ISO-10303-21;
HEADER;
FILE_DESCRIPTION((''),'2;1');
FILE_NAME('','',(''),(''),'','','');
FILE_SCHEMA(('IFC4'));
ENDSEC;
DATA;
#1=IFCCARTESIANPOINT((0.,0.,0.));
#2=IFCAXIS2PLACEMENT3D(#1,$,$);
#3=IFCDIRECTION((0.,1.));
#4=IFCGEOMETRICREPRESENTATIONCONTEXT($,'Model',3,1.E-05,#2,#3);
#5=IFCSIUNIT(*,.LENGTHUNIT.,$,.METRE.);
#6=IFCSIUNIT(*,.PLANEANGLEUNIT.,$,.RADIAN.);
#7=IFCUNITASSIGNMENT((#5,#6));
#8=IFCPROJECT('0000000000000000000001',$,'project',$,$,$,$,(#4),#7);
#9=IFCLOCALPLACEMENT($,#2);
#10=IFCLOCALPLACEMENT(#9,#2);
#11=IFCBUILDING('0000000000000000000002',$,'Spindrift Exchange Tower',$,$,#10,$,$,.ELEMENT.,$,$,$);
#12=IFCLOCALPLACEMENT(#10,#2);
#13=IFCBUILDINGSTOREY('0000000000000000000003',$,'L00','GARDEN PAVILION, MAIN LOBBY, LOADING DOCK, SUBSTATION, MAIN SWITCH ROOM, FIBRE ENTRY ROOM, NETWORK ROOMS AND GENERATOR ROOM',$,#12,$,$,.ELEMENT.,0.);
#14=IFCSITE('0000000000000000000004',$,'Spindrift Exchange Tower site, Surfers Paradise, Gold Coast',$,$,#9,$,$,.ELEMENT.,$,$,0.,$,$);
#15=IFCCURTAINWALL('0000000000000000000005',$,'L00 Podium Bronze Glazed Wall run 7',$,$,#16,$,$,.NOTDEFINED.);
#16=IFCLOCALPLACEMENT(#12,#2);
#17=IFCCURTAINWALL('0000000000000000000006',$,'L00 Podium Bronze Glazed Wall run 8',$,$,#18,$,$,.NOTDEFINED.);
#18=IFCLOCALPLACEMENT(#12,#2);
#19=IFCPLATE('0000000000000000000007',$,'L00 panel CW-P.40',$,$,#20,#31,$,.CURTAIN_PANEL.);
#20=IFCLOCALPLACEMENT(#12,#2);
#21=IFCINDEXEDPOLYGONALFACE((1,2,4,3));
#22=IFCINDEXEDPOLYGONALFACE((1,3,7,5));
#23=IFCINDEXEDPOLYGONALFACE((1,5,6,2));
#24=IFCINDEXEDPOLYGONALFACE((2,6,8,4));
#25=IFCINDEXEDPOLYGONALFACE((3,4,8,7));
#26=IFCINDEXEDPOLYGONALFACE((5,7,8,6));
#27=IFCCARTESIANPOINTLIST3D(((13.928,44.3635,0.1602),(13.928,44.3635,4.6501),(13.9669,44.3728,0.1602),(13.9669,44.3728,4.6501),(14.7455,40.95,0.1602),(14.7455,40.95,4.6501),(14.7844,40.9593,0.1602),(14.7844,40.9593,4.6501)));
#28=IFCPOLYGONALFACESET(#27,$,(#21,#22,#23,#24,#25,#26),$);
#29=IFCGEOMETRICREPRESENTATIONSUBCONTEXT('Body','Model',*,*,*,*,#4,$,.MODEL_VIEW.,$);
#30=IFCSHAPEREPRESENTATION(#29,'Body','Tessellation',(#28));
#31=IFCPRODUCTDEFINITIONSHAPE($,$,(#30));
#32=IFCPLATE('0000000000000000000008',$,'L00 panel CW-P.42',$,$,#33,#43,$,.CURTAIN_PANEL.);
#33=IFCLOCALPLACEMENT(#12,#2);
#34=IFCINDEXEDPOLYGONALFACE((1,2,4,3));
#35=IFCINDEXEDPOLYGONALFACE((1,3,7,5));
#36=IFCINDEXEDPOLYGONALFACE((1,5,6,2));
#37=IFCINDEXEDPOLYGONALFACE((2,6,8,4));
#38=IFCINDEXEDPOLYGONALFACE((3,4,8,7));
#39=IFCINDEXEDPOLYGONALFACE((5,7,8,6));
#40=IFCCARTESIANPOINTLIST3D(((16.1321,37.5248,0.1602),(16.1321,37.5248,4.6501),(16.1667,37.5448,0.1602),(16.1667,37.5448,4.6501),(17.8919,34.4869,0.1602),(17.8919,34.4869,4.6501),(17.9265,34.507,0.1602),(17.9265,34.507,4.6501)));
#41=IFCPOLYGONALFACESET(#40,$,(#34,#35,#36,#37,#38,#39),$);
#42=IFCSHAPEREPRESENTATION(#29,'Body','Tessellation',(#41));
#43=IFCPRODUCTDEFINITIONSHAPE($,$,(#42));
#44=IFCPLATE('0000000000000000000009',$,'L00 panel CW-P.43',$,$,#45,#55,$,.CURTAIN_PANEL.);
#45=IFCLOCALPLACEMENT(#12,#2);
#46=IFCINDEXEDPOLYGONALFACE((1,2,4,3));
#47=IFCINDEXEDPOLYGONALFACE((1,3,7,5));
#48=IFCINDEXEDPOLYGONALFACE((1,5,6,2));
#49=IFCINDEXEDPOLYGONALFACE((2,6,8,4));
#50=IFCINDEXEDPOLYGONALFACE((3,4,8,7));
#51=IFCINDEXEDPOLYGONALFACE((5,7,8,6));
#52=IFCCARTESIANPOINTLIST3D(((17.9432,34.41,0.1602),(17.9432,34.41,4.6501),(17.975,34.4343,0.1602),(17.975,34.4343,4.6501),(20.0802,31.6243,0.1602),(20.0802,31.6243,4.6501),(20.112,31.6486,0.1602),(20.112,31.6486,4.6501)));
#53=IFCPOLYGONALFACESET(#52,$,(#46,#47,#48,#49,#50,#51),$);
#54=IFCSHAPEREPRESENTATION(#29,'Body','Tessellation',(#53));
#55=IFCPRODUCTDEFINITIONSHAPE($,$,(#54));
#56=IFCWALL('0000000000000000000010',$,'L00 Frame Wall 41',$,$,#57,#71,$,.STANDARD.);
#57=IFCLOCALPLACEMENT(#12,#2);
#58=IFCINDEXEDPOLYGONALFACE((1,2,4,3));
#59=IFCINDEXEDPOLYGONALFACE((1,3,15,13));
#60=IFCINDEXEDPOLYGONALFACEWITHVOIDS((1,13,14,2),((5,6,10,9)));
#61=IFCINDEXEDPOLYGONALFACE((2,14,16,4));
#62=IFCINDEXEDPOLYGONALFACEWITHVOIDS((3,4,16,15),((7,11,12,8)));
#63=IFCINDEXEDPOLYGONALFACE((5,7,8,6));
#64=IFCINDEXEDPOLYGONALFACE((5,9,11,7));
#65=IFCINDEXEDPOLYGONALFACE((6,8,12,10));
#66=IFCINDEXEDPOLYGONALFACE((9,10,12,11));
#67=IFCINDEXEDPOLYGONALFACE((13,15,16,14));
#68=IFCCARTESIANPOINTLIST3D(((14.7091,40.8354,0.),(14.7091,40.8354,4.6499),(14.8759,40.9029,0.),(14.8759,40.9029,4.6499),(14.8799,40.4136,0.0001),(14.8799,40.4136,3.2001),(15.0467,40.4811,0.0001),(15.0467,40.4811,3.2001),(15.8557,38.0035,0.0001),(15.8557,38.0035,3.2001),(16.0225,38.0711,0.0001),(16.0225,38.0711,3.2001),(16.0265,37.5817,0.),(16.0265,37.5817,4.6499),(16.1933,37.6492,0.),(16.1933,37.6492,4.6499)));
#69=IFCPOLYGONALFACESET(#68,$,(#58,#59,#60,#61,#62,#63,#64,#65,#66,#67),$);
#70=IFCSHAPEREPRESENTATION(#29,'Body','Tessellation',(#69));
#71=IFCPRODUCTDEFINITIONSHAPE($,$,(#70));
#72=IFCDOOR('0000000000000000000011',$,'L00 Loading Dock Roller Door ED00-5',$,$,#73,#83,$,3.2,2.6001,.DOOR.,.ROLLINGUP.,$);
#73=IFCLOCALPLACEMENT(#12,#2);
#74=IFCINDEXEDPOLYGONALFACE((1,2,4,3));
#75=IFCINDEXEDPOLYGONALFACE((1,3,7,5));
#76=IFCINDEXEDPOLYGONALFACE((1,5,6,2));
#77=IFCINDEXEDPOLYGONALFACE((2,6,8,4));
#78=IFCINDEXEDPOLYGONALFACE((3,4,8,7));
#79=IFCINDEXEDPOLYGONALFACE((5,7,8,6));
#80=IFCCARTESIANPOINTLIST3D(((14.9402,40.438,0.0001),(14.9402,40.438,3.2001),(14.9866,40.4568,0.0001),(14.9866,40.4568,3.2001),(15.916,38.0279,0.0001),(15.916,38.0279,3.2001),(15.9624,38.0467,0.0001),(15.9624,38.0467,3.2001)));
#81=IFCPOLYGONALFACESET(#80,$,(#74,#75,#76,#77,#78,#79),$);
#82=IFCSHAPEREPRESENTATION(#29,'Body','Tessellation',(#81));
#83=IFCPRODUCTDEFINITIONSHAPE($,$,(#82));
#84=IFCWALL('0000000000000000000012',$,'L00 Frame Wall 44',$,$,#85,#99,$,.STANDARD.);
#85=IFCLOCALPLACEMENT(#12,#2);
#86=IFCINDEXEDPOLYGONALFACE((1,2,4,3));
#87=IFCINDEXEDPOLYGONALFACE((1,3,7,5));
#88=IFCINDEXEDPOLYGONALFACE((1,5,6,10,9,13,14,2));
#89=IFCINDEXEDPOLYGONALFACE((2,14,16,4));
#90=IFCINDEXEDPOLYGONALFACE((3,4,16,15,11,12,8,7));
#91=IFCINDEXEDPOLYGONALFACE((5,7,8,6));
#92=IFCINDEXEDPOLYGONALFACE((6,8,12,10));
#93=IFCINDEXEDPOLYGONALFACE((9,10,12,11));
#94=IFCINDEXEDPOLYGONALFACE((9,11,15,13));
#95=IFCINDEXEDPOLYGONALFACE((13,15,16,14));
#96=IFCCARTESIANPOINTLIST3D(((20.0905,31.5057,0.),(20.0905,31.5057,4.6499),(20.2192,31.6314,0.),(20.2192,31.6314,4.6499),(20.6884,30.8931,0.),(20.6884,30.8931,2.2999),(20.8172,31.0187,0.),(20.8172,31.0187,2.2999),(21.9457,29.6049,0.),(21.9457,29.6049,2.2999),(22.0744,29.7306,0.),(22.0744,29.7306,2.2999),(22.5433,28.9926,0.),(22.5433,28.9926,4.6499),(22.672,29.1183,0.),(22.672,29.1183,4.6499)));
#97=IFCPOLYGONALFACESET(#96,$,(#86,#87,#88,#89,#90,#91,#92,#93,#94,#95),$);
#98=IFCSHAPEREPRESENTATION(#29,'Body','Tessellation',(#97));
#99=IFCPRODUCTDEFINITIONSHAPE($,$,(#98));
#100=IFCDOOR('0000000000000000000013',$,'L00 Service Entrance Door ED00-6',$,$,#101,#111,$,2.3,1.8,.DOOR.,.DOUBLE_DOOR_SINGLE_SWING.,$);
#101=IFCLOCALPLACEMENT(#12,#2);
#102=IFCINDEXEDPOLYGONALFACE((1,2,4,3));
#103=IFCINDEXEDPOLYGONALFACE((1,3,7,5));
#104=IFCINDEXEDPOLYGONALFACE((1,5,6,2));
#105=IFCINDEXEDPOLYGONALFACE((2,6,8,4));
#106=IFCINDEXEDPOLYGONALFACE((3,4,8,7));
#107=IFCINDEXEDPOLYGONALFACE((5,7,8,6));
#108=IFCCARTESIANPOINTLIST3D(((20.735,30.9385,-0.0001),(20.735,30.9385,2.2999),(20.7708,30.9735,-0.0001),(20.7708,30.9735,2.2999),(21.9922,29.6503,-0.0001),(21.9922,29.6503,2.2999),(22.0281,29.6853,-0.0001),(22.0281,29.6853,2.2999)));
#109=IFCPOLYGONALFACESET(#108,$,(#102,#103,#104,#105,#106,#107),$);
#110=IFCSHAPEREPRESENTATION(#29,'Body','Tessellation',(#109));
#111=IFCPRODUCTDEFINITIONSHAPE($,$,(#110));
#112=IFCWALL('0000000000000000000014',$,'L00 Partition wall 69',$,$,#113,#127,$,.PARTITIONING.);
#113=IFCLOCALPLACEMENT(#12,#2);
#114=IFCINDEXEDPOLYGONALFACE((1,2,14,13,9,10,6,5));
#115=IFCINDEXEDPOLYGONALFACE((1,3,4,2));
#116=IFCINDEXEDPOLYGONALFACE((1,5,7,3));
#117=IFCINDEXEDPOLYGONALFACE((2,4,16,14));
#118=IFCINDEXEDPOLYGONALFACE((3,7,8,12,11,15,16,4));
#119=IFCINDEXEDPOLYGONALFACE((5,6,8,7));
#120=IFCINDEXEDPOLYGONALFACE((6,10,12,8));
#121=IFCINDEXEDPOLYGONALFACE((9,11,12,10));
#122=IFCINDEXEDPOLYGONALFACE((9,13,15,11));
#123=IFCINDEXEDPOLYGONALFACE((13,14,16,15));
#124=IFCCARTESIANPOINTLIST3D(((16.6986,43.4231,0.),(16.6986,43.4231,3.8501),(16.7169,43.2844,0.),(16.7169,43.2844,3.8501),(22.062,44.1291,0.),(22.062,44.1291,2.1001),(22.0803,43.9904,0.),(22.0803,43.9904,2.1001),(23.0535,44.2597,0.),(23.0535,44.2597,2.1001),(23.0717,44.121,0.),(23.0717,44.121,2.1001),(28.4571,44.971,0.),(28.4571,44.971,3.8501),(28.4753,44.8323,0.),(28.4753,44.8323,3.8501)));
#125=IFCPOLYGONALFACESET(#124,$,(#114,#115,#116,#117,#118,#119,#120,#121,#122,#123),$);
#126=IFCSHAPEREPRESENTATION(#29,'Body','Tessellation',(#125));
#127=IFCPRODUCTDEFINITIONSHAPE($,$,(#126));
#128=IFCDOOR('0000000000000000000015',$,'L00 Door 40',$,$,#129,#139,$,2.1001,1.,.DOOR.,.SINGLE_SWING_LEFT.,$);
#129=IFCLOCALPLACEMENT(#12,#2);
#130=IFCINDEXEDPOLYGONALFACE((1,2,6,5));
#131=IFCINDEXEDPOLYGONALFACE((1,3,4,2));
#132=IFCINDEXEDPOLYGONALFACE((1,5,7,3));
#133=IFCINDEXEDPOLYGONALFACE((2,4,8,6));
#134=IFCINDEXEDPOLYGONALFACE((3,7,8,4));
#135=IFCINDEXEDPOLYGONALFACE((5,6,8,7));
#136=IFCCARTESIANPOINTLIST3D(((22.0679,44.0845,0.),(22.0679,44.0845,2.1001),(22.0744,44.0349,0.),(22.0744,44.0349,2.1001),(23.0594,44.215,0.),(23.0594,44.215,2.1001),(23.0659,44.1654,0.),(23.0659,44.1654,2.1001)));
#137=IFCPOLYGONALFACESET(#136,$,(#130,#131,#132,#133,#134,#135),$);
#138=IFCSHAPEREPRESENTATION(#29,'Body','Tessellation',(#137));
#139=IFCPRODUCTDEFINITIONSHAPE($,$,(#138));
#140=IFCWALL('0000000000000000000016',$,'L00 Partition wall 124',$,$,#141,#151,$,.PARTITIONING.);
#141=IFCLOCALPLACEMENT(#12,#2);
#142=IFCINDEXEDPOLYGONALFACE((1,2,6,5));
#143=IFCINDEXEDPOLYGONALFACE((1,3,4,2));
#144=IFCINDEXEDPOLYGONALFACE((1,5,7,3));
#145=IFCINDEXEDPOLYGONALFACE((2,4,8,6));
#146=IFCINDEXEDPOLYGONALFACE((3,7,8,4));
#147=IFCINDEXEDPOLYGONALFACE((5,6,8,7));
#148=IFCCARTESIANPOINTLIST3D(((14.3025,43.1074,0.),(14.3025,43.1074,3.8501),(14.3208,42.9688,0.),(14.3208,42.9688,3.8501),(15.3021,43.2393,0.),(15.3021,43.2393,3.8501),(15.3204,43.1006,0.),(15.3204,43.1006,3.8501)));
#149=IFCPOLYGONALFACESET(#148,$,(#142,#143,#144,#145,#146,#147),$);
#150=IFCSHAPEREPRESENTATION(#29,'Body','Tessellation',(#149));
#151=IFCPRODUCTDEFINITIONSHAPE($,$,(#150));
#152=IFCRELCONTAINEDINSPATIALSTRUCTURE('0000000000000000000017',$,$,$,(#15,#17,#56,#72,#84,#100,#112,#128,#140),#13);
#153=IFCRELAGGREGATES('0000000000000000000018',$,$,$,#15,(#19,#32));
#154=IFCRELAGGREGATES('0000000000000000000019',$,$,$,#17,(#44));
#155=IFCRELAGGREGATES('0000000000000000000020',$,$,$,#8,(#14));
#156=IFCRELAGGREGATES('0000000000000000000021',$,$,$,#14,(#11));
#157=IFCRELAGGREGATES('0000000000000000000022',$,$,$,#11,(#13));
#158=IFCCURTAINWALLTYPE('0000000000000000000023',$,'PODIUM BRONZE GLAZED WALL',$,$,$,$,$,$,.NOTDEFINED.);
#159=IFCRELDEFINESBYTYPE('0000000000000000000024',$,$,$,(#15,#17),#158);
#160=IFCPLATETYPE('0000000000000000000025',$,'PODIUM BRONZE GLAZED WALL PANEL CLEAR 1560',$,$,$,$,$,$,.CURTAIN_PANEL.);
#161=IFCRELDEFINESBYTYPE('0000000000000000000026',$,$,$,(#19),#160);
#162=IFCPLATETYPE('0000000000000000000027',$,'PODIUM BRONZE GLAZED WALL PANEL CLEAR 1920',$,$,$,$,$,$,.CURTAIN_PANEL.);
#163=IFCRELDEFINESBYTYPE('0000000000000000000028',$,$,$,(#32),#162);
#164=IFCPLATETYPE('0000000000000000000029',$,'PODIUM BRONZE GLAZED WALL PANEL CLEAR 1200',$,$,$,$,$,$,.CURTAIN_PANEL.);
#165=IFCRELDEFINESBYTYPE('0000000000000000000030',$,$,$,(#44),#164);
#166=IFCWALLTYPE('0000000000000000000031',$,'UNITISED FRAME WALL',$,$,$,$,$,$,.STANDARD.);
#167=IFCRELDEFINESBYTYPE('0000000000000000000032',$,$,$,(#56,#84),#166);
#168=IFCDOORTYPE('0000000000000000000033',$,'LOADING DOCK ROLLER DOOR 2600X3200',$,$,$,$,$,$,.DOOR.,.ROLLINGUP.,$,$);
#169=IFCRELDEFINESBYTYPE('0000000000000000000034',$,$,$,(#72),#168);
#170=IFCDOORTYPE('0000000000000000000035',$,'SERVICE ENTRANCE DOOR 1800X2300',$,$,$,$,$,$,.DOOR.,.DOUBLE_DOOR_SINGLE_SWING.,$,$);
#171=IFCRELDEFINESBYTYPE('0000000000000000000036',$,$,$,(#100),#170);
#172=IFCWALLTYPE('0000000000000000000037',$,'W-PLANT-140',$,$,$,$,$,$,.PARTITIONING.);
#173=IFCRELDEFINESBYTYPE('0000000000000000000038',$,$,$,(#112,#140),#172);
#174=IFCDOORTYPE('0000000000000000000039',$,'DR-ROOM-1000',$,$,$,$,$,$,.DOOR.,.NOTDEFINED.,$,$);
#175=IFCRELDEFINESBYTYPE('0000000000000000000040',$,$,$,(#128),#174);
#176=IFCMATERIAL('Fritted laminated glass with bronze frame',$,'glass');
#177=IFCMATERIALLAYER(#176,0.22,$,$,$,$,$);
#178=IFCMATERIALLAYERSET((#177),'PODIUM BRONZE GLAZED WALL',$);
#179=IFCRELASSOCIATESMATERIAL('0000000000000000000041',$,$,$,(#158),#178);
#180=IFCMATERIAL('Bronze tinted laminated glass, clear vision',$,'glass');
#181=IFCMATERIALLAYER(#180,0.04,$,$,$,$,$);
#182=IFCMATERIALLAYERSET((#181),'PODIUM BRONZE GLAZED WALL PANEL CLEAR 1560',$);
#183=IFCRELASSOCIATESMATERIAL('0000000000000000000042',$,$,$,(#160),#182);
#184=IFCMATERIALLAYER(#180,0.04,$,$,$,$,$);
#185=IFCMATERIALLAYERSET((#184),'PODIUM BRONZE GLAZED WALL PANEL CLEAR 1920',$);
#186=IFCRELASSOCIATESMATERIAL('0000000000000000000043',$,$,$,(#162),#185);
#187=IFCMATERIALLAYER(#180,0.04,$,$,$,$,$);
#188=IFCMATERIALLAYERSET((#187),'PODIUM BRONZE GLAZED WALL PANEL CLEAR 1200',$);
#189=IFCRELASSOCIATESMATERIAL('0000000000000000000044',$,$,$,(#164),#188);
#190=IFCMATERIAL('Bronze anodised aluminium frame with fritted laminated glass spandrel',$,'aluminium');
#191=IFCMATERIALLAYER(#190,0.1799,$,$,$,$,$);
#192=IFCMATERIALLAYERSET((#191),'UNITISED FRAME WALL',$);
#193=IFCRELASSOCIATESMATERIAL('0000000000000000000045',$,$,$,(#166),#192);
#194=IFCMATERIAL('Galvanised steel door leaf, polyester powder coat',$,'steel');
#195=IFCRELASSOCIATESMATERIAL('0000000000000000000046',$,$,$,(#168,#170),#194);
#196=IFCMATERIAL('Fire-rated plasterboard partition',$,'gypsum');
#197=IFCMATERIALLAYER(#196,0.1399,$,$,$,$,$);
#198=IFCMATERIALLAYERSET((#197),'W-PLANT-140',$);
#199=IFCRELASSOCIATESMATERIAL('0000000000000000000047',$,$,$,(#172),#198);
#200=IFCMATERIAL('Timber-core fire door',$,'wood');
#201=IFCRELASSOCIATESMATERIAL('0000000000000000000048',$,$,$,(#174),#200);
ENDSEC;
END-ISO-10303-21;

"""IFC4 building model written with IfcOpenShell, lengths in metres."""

from ifc_helpers import new_model, si_unit, direction, frame, frame_2d, origin, origin_2d, place, context, subcontext, project, spatial, rectangle, extrude, source, transform, mapped, material, layer, layer_set, type_object, element, fill, aggregate, save


model = new_model("IFC4")

# Units and contexts
model_context = context("Model", 3, precision=1e-05, world=origin(), true_north=direction((0.0, 1.0)))
body_context = subcontext(model_context, "Body", "Model", "MODEL_VIEW")
ifc_project = project(units=[si_unit("LENGTHUNIT", "METRE"), si_unit("PLANEANGLEUNIT", "RADIAN")], contexts=[model_context])

# Site, building, storey
site_placement = place(None, origin())
site = spatial("IfcSite", under=ifc_project, at=site_placement, Name="Spindrift Exchange Tower site, Surfers Paradise, Gold Coast", CompositionType="ELEMENT", RefElevation=0.0)
building_placement = place(site_placement, origin())
building = spatial("IfcBuilding", under=site, at=building_placement, Name="Spindrift Exchange Tower", CompositionType="ELEMENT")
storey_placement = place(building_placement, origin())
storey = spatial("IfcBuildingStorey", under=building, at=storey_placement, Name="L00", Description="GARDEN PAVILION, MAIN LOBBY, LOADING DOCK, SUBSTATION, MAIN SWITCH ROOM, FIBRE ENTRY ROOM, NETWORK ROOMS AND GENERATOR ROOM", CompositionType="ELEMENT", Elevation=0.0)

# Curtain walls
ifc_material_1 = material(Name="Fritted laminated glass with bronze frame", Category="glass")
ifc_layer_1 = layer(ifc_material_1, 0.22)
ifc_layer_set_1 = layer_set([ifc_layer_1], Name="PODIUM BRONZE GLAZED WALL")
curtain_wall_type = type_object("IfcCurtainWallType", Name="PODIUM BRONZE GLAZED WALL", PredefinedType="NOTDEFINED", material=ifc_layer_set_1)
curtain_wall_1_placement = place(storey_placement, origin())
curtain_wall_1 = element("IfcCurtainWall", 1, at=curtain_wall_1_placement, inside=storey, type_object=curtain_wall_type, Name="L00 Podium Bronze Glazed Wall run 7", PredefinedType="NOTDEFINED")
curtain_wall_2_placement = place(storey_placement, origin())
curtain_wall_2 = element("IfcCurtainWall", 2, at=curtain_wall_2_placement, inside=storey, type_object=curtain_wall_type, Name="L00 Podium Bronze Glazed Wall run 8", PredefinedType="NOTDEFINED")

# Plates
ifc_material_2 = material(Name="Bronze tinted laminated glass, clear vision", Category="glass")
ifc_layer_2 = layer(ifc_material_2, 0.04)
ifc_layer_set_2 = layer_set([ifc_layer_2], Name="PODIUM BRONZE GLAZED WALL PANEL CLEAR 1560")
plate_type_1 = type_object("IfcPlateType", Name="PODIUM BRONZE GLAZED WALL PANEL CLEAR 1560", PredefinedType="CURTAIN_PANEL", material=ifc_layer_set_2)
shared_shape_1 = source(origin(), body_context, "Body", "SweptSolid", [
    extrude(rectangle(XDim=3.51, YDim=0.04, at=origin_2d()), origin(), (0.0, 0.0, 1.0), 4.49),
])
plate_1_placement = place(storey_placement, frame((14.3562, 42.6614, 0.1602), z_axis=(0.0, 0.0, 1.0), x_axis=(0.232895, -0.972502, 0.0)))
plate_1 = element("IfcPlate", 3, at=plate_1_placement, type_object=plate_type_1, Name="L00 panel CW-P.40", PredefinedType="CURTAIN_PANEL", context=body_context, shape_type="MappedRepresentation", body=[
    mapped(shared_shape_1, transform((0.0, 0.0, 0.0), scale=1.0)),
])
ifc_layer_3 = layer(ifc_material_2, 0.04)
ifc_layer_set_3 = layer_set([ifc_layer_3], Name="PODIUM BRONZE GLAZED WALL PANEL CLEAR 1920")
plate_type_2 = type_object("IfcPlateType", Name="PODIUM BRONZE GLAZED WALL PANEL CLEAR 1920", PredefinedType="CURTAIN_PANEL", material=ifc_layer_set_3)
shared_shape_2 = source(origin(), body_context, "Body", "SweptSolid", [
    extrude(rectangle(XDim=3.5107, YDim=0.04, at=origin_2d()), origin(), (0.0, 0.0, 1.0), 4.49),
])
plate_2_placement = place(storey_placement, frame((17.0293, 36.0159, 0.1602), z_axis=(0.0, 0.0, 1.0), x_axis=(0.501248, -0.865304, 0.0)))
plate_2 = element("IfcPlate", 4, at=plate_2_placement, type_object=plate_type_2, Name="L00 panel CW-P.42", PredefinedType="CURTAIN_PANEL", context=body_context, shape_type="MappedRepresentation", body=[
    mapped(shared_shape_2, transform((0.0, 0.0, 0.0), scale=1.0)),
])
aggregate(curtain_wall_1, [plate_1, plate_2])
ifc_layer_4 = layer(ifc_material_2, 0.04)
ifc_layer_set_4 = layer_set([ifc_layer_4], Name="PODIUM BRONZE GLAZED WALL PANEL CLEAR 1200")
plate_type_3 = type_object("IfcPlateType", Name="PODIUM BRONZE GLAZED WALL PANEL CLEAR 1200", PredefinedType="CURTAIN_PANEL", material=ifc_layer_set_4)
shared_shape_3 = source(origin(), body_context, "Body", "SweptSolid", [
    extrude(rectangle(XDim=3.511, YDim=0.04, at=origin_2d()), origin(), (0.0, 0.0, 1.0), 4.49),
])
plate_3_placement = place(storey_placement, frame((19.0276, 33.0293, 0.1602), z_axis=(0.0, 0.0, 1.0), x_axis=(0.608673, -0.793421, 0.0)))
plate_3 = element("IfcPlate", 5, at=plate_3_placement, type_object=plate_type_3, Name="L00 panel CW-P.43", PredefinedType="CURTAIN_PANEL", context=body_context, shape_type="MappedRepresentation", body=[
    mapped(shared_shape_3, transform((0.0, 0.0, 0.0), scale=1.0)),
])
aggregate(curtain_wall_2, [plate_3])

# Walls, openings, doors
ifc_material_3 = material(Name="Bronze anodised aluminium frame with fritted laminated glass spandrel", Category="aluminium")
ifc_layer_5 = layer(ifc_material_3, 0.1799)
ifc_layer_set_5 = layer_set([ifc_layer_5], Name="UNITISED FRAME WALL")
wall_type_1 = type_object("IfcWallType", Name="UNITISED FRAME WALL", PredefinedType="STANDARD", material=ifc_layer_set_5)
wall_1_placement = place(storey_placement, frame((16.1099, 37.6155, 0.0), z_axis=(0.0, 0.0, 1.0), x_axis=(-0.375297, 0.926905, 0.0)))
wall_1 = element("IfcWall", 6, at=wall_1_placement, inside=storey, type_object=wall_type_1, Name="L00 Frame Wall 41", PredefinedType="STANDARD", context=body_context, shape_type="SweptSolid", body=[
    extrude(rectangle(XDim=3.5103, YDim=0.1799, at=frame_2d((1.7551, 0.0))), origin(), (0.0, 0.0, 1.0), 4.6499),
])
opening_1_placement = place(wall_1_placement, frame((0.4551, 0.0, 0.0)))
opening_1 = element("IfcOpeningElement", 7, at=opening_1_placement, cuts=wall_1, PredefinedType="OPENING", context=body_context, shape_type="SweptSolid", body=[
    extrude(rectangle(XDim=2.6001, YDim=3.2, at=frame_2d((1.3, 1.6001))), frame((0.0, 0.0999, 0.0), z_axis=(0.0, -1.0, 0.0), x_axis=(1.0, 0.0, 0.0)), (0.0, 0.0, 1.0), 0.2),
])
ifc_material_4 = material(Name="Galvanised steel door leaf, polyester powder coat", Category="steel")
door_type_1 = type_object("IfcDoorType", Name="LOADING DOCK ROLLER DOOR 2600X3200", OperationType="ROLLINGUP", PredefinedType="DOOR", material=ifc_material_4)
shared_shape_4 = source(origin(), body_context, "Body", "SweptSolid", [
    extrude(rectangle(XDim=2.6001, YDim=3.2, at=frame_2d((1.3, 1.6001))), frame((0.0, 0.0249, 0.0), z_axis=(0.0, -1.0, 0.0), x_axis=(1.0, 0.0, 0.0)), (0.0, 0.0, 1.0), 0.05),
])
door_1_placement = place(opening_1_placement, origin())
door_1 = element("IfcDoor", 8, at=door_1_placement, inside=storey, type_object=door_type_1, Name="L00 Loading Dock Roller Door ED00-5", OperationType="ROLLINGUP", OverallHeight=3.2, OverallWidth=2.6001, PredefinedType="DOOR", context=body_context, shape_type="MappedRepresentation", body=[
    mapped(shared_shape_4, transform((0.0, 0.0, 0.0), scale=1.0)),
])
fill(opening_1, door_1)
wall_2_placement = place(storey_placement, frame((22.6077, 29.0554, 0.0), z_axis=(0.0, 0.0, 1.0), x_axis=(-0.698469, 0.71564, 0.0)))
wall_2 = element("IfcWall", 9, at=wall_2_placement, inside=storey, type_object=wall_type_1, Name="L00 Frame Wall 44", PredefinedType="STANDARD", context=body_context, shape_type="SweptSolid", body=[
    extrude(rectangle(XDim=3.5117, YDim=0.1799, at=frame_2d((1.7559, 0.0))), origin(), (0.0, 0.0, 1.0), 4.6499),
])
opening_2_placement = place(wall_2_placement, frame((0.8557, 0.0, 0.0)))
opening_2 = element("IfcOpeningElement", 10, at=opening_2_placement, cuts=wall_2, PredefinedType="OPENING", context=body_context, shape_type="SweptSolid", body=[
    extrude(rectangle(XDim=1.8, YDim=2.3, at=frame_2d((0.8999, 1.1499))), frame((0.0, 0.0999, 0.0), z_axis=(0.0, -1.0, 0.0), x_axis=(1.0, 0.0, 0.0)), (0.0, 0.0, 1.0), 0.2),
])
door_type_2 = type_object("IfcDoorType", Name="SERVICE ENTRANCE DOOR 1800X2300", OperationType="DOUBLE_DOOR_SINGLE_SWING", PredefinedType="DOOR", material=ifc_material_4)
shared_shape_5 = source(origin(), body_context, "Body", "SweptSolid", [
    extrude(rectangle(XDim=1.8, YDim=2.3, at=frame_2d((0.8999, 1.1499))), frame((0.0, 0.0249, 0.0), z_axis=(0.0, -1.0, 0.0), x_axis=(1.0, 0.0, 0.0)), (0.0, 0.0, 1.0), 0.05),
])
door_2_placement = place(opening_2_placement, origin())
door_2 = element("IfcDoor", 11, at=door_2_placement, inside=storey, type_object=door_type_2, Name="L00 Service Entrance Door ED00-6", OperationType="DOUBLE_DOOR_SINGLE_SWING", OverallHeight=2.3, OverallWidth=1.8, PredefinedType="DOOR", context=body_context, shape_type="MappedRepresentation", body=[
    mapped(shared_shape_5, transform((0.0, 0.0, 0.0), scale=1.0)),
])
fill(opening_2, door_2)
ifc_material_5 = material(Name="Fire-rated plasterboard partition", Category="gypsum")
ifc_layer_6 = layer(ifc_material_5, 0.1399)
ifc_layer_set_6 = layer_set([ifc_layer_6], Name="W-PLANT-140")
wall_type_2 = type_object("IfcWallType", Name="W-PLANT-140", PredefinedType="PARTITIONING", material=ifc_layer_set_6)
wall_3_placement = place(storey_placement, frame((16.7078, 43.3538, 0.0), z_axis=(0.0, 0.0, 1.0), x_axis=(0.991447, 0.130513, 0.0)))
wall_3 = element("IfcWall", 12, at=wall_3_placement, inside=storey, type_object=wall_type_2, Name="L00 Partition wall 69", PredefinedType="PARTITIONING", context=body_context, shape_type="SweptSolid", body=[
    extrude(rectangle(XDim=11.8599, YDim=0.1399, at=frame_2d((5.9299, 0.0))), origin(), (0.0, 0.0, 1.0), 3.8501),
])
opening_3_placement = place(wall_3_placement, frame((5.4097, 0.0, 0.0)))
opening_3 = element("IfcOpeningElement", 13, at=opening_3_placement, cuts=wall_3, PredefinedType="OPENING", context=body_context, shape_type="SweptSolid", body=[
    extrude(rectangle(XDim=1.0, YDim=2.1001, at=frame_2d((0.5, 1.05))), frame((0.0, 0.0798, 0.0), z_axis=(0.0, -1.0, 0.0), x_axis=(1.0, 0.0, 0.0)), (0.0, 0.0, 1.0), 0.1599),
])
ifc_material_6 = material(Name="Timber-core fire door", Category="wood")
door_type_3 = type_object("IfcDoorType", Name="DR-ROOM-1000", OperationType="NOTDEFINED", PredefinedType="DOOR", material=ifc_material_6)
shared_shape_6 = source(origin(), body_context, "Body", "SweptSolid", [
    extrude(rectangle(XDim=1.0, YDim=2.1001, at=frame_2d((0.5, 1.05))), frame((0.0, 0.0249, 0.0), z_axis=(0.0, -1.0, 0.0), x_axis=(1.0, 0.0, 0.0)), (0.0, 0.0, 1.0), 0.05),
])
door_3_placement = place(opening_3_placement, origin())
door_3 = element("IfcDoor", 14, at=door_3_placement, inside=storey, type_object=door_type_3, Name="L00 Door 40", OperationType="SINGLE_SWING_LEFT", OverallHeight=2.1001, OverallWidth=1.0, PredefinedType="DOOR", context=body_context, shape_type="MappedRepresentation", body=[
    mapped(shared_shape_6, transform((0.0, 0.0, 0.0), scale=1.0)),
])
fill(opening_3, door_3)

# Wall
wall_4_placement = place(storey_placement, frame((15.3113, 43.1699, 0.0), z_axis=(0.0, 0.0, 1.0), x_axis=(-0.991417, -0.130736, 0.0)))
element("IfcWall", 15, at=wall_4_placement, inside=storey, type_object=wall_type_2, Name="L00 Partition wall 124", PredefinedType="PARTITIONING", context=body_context, shape_type="SweptSolid", body=[
    extrude(rectangle(XDim=1.0083, YDim=0.1399, at=frame_2d((0.5042, 0.0))), origin(), (0.0, 0.0, 1.0), 3.8501),
])

save(model, "model.ifc")
